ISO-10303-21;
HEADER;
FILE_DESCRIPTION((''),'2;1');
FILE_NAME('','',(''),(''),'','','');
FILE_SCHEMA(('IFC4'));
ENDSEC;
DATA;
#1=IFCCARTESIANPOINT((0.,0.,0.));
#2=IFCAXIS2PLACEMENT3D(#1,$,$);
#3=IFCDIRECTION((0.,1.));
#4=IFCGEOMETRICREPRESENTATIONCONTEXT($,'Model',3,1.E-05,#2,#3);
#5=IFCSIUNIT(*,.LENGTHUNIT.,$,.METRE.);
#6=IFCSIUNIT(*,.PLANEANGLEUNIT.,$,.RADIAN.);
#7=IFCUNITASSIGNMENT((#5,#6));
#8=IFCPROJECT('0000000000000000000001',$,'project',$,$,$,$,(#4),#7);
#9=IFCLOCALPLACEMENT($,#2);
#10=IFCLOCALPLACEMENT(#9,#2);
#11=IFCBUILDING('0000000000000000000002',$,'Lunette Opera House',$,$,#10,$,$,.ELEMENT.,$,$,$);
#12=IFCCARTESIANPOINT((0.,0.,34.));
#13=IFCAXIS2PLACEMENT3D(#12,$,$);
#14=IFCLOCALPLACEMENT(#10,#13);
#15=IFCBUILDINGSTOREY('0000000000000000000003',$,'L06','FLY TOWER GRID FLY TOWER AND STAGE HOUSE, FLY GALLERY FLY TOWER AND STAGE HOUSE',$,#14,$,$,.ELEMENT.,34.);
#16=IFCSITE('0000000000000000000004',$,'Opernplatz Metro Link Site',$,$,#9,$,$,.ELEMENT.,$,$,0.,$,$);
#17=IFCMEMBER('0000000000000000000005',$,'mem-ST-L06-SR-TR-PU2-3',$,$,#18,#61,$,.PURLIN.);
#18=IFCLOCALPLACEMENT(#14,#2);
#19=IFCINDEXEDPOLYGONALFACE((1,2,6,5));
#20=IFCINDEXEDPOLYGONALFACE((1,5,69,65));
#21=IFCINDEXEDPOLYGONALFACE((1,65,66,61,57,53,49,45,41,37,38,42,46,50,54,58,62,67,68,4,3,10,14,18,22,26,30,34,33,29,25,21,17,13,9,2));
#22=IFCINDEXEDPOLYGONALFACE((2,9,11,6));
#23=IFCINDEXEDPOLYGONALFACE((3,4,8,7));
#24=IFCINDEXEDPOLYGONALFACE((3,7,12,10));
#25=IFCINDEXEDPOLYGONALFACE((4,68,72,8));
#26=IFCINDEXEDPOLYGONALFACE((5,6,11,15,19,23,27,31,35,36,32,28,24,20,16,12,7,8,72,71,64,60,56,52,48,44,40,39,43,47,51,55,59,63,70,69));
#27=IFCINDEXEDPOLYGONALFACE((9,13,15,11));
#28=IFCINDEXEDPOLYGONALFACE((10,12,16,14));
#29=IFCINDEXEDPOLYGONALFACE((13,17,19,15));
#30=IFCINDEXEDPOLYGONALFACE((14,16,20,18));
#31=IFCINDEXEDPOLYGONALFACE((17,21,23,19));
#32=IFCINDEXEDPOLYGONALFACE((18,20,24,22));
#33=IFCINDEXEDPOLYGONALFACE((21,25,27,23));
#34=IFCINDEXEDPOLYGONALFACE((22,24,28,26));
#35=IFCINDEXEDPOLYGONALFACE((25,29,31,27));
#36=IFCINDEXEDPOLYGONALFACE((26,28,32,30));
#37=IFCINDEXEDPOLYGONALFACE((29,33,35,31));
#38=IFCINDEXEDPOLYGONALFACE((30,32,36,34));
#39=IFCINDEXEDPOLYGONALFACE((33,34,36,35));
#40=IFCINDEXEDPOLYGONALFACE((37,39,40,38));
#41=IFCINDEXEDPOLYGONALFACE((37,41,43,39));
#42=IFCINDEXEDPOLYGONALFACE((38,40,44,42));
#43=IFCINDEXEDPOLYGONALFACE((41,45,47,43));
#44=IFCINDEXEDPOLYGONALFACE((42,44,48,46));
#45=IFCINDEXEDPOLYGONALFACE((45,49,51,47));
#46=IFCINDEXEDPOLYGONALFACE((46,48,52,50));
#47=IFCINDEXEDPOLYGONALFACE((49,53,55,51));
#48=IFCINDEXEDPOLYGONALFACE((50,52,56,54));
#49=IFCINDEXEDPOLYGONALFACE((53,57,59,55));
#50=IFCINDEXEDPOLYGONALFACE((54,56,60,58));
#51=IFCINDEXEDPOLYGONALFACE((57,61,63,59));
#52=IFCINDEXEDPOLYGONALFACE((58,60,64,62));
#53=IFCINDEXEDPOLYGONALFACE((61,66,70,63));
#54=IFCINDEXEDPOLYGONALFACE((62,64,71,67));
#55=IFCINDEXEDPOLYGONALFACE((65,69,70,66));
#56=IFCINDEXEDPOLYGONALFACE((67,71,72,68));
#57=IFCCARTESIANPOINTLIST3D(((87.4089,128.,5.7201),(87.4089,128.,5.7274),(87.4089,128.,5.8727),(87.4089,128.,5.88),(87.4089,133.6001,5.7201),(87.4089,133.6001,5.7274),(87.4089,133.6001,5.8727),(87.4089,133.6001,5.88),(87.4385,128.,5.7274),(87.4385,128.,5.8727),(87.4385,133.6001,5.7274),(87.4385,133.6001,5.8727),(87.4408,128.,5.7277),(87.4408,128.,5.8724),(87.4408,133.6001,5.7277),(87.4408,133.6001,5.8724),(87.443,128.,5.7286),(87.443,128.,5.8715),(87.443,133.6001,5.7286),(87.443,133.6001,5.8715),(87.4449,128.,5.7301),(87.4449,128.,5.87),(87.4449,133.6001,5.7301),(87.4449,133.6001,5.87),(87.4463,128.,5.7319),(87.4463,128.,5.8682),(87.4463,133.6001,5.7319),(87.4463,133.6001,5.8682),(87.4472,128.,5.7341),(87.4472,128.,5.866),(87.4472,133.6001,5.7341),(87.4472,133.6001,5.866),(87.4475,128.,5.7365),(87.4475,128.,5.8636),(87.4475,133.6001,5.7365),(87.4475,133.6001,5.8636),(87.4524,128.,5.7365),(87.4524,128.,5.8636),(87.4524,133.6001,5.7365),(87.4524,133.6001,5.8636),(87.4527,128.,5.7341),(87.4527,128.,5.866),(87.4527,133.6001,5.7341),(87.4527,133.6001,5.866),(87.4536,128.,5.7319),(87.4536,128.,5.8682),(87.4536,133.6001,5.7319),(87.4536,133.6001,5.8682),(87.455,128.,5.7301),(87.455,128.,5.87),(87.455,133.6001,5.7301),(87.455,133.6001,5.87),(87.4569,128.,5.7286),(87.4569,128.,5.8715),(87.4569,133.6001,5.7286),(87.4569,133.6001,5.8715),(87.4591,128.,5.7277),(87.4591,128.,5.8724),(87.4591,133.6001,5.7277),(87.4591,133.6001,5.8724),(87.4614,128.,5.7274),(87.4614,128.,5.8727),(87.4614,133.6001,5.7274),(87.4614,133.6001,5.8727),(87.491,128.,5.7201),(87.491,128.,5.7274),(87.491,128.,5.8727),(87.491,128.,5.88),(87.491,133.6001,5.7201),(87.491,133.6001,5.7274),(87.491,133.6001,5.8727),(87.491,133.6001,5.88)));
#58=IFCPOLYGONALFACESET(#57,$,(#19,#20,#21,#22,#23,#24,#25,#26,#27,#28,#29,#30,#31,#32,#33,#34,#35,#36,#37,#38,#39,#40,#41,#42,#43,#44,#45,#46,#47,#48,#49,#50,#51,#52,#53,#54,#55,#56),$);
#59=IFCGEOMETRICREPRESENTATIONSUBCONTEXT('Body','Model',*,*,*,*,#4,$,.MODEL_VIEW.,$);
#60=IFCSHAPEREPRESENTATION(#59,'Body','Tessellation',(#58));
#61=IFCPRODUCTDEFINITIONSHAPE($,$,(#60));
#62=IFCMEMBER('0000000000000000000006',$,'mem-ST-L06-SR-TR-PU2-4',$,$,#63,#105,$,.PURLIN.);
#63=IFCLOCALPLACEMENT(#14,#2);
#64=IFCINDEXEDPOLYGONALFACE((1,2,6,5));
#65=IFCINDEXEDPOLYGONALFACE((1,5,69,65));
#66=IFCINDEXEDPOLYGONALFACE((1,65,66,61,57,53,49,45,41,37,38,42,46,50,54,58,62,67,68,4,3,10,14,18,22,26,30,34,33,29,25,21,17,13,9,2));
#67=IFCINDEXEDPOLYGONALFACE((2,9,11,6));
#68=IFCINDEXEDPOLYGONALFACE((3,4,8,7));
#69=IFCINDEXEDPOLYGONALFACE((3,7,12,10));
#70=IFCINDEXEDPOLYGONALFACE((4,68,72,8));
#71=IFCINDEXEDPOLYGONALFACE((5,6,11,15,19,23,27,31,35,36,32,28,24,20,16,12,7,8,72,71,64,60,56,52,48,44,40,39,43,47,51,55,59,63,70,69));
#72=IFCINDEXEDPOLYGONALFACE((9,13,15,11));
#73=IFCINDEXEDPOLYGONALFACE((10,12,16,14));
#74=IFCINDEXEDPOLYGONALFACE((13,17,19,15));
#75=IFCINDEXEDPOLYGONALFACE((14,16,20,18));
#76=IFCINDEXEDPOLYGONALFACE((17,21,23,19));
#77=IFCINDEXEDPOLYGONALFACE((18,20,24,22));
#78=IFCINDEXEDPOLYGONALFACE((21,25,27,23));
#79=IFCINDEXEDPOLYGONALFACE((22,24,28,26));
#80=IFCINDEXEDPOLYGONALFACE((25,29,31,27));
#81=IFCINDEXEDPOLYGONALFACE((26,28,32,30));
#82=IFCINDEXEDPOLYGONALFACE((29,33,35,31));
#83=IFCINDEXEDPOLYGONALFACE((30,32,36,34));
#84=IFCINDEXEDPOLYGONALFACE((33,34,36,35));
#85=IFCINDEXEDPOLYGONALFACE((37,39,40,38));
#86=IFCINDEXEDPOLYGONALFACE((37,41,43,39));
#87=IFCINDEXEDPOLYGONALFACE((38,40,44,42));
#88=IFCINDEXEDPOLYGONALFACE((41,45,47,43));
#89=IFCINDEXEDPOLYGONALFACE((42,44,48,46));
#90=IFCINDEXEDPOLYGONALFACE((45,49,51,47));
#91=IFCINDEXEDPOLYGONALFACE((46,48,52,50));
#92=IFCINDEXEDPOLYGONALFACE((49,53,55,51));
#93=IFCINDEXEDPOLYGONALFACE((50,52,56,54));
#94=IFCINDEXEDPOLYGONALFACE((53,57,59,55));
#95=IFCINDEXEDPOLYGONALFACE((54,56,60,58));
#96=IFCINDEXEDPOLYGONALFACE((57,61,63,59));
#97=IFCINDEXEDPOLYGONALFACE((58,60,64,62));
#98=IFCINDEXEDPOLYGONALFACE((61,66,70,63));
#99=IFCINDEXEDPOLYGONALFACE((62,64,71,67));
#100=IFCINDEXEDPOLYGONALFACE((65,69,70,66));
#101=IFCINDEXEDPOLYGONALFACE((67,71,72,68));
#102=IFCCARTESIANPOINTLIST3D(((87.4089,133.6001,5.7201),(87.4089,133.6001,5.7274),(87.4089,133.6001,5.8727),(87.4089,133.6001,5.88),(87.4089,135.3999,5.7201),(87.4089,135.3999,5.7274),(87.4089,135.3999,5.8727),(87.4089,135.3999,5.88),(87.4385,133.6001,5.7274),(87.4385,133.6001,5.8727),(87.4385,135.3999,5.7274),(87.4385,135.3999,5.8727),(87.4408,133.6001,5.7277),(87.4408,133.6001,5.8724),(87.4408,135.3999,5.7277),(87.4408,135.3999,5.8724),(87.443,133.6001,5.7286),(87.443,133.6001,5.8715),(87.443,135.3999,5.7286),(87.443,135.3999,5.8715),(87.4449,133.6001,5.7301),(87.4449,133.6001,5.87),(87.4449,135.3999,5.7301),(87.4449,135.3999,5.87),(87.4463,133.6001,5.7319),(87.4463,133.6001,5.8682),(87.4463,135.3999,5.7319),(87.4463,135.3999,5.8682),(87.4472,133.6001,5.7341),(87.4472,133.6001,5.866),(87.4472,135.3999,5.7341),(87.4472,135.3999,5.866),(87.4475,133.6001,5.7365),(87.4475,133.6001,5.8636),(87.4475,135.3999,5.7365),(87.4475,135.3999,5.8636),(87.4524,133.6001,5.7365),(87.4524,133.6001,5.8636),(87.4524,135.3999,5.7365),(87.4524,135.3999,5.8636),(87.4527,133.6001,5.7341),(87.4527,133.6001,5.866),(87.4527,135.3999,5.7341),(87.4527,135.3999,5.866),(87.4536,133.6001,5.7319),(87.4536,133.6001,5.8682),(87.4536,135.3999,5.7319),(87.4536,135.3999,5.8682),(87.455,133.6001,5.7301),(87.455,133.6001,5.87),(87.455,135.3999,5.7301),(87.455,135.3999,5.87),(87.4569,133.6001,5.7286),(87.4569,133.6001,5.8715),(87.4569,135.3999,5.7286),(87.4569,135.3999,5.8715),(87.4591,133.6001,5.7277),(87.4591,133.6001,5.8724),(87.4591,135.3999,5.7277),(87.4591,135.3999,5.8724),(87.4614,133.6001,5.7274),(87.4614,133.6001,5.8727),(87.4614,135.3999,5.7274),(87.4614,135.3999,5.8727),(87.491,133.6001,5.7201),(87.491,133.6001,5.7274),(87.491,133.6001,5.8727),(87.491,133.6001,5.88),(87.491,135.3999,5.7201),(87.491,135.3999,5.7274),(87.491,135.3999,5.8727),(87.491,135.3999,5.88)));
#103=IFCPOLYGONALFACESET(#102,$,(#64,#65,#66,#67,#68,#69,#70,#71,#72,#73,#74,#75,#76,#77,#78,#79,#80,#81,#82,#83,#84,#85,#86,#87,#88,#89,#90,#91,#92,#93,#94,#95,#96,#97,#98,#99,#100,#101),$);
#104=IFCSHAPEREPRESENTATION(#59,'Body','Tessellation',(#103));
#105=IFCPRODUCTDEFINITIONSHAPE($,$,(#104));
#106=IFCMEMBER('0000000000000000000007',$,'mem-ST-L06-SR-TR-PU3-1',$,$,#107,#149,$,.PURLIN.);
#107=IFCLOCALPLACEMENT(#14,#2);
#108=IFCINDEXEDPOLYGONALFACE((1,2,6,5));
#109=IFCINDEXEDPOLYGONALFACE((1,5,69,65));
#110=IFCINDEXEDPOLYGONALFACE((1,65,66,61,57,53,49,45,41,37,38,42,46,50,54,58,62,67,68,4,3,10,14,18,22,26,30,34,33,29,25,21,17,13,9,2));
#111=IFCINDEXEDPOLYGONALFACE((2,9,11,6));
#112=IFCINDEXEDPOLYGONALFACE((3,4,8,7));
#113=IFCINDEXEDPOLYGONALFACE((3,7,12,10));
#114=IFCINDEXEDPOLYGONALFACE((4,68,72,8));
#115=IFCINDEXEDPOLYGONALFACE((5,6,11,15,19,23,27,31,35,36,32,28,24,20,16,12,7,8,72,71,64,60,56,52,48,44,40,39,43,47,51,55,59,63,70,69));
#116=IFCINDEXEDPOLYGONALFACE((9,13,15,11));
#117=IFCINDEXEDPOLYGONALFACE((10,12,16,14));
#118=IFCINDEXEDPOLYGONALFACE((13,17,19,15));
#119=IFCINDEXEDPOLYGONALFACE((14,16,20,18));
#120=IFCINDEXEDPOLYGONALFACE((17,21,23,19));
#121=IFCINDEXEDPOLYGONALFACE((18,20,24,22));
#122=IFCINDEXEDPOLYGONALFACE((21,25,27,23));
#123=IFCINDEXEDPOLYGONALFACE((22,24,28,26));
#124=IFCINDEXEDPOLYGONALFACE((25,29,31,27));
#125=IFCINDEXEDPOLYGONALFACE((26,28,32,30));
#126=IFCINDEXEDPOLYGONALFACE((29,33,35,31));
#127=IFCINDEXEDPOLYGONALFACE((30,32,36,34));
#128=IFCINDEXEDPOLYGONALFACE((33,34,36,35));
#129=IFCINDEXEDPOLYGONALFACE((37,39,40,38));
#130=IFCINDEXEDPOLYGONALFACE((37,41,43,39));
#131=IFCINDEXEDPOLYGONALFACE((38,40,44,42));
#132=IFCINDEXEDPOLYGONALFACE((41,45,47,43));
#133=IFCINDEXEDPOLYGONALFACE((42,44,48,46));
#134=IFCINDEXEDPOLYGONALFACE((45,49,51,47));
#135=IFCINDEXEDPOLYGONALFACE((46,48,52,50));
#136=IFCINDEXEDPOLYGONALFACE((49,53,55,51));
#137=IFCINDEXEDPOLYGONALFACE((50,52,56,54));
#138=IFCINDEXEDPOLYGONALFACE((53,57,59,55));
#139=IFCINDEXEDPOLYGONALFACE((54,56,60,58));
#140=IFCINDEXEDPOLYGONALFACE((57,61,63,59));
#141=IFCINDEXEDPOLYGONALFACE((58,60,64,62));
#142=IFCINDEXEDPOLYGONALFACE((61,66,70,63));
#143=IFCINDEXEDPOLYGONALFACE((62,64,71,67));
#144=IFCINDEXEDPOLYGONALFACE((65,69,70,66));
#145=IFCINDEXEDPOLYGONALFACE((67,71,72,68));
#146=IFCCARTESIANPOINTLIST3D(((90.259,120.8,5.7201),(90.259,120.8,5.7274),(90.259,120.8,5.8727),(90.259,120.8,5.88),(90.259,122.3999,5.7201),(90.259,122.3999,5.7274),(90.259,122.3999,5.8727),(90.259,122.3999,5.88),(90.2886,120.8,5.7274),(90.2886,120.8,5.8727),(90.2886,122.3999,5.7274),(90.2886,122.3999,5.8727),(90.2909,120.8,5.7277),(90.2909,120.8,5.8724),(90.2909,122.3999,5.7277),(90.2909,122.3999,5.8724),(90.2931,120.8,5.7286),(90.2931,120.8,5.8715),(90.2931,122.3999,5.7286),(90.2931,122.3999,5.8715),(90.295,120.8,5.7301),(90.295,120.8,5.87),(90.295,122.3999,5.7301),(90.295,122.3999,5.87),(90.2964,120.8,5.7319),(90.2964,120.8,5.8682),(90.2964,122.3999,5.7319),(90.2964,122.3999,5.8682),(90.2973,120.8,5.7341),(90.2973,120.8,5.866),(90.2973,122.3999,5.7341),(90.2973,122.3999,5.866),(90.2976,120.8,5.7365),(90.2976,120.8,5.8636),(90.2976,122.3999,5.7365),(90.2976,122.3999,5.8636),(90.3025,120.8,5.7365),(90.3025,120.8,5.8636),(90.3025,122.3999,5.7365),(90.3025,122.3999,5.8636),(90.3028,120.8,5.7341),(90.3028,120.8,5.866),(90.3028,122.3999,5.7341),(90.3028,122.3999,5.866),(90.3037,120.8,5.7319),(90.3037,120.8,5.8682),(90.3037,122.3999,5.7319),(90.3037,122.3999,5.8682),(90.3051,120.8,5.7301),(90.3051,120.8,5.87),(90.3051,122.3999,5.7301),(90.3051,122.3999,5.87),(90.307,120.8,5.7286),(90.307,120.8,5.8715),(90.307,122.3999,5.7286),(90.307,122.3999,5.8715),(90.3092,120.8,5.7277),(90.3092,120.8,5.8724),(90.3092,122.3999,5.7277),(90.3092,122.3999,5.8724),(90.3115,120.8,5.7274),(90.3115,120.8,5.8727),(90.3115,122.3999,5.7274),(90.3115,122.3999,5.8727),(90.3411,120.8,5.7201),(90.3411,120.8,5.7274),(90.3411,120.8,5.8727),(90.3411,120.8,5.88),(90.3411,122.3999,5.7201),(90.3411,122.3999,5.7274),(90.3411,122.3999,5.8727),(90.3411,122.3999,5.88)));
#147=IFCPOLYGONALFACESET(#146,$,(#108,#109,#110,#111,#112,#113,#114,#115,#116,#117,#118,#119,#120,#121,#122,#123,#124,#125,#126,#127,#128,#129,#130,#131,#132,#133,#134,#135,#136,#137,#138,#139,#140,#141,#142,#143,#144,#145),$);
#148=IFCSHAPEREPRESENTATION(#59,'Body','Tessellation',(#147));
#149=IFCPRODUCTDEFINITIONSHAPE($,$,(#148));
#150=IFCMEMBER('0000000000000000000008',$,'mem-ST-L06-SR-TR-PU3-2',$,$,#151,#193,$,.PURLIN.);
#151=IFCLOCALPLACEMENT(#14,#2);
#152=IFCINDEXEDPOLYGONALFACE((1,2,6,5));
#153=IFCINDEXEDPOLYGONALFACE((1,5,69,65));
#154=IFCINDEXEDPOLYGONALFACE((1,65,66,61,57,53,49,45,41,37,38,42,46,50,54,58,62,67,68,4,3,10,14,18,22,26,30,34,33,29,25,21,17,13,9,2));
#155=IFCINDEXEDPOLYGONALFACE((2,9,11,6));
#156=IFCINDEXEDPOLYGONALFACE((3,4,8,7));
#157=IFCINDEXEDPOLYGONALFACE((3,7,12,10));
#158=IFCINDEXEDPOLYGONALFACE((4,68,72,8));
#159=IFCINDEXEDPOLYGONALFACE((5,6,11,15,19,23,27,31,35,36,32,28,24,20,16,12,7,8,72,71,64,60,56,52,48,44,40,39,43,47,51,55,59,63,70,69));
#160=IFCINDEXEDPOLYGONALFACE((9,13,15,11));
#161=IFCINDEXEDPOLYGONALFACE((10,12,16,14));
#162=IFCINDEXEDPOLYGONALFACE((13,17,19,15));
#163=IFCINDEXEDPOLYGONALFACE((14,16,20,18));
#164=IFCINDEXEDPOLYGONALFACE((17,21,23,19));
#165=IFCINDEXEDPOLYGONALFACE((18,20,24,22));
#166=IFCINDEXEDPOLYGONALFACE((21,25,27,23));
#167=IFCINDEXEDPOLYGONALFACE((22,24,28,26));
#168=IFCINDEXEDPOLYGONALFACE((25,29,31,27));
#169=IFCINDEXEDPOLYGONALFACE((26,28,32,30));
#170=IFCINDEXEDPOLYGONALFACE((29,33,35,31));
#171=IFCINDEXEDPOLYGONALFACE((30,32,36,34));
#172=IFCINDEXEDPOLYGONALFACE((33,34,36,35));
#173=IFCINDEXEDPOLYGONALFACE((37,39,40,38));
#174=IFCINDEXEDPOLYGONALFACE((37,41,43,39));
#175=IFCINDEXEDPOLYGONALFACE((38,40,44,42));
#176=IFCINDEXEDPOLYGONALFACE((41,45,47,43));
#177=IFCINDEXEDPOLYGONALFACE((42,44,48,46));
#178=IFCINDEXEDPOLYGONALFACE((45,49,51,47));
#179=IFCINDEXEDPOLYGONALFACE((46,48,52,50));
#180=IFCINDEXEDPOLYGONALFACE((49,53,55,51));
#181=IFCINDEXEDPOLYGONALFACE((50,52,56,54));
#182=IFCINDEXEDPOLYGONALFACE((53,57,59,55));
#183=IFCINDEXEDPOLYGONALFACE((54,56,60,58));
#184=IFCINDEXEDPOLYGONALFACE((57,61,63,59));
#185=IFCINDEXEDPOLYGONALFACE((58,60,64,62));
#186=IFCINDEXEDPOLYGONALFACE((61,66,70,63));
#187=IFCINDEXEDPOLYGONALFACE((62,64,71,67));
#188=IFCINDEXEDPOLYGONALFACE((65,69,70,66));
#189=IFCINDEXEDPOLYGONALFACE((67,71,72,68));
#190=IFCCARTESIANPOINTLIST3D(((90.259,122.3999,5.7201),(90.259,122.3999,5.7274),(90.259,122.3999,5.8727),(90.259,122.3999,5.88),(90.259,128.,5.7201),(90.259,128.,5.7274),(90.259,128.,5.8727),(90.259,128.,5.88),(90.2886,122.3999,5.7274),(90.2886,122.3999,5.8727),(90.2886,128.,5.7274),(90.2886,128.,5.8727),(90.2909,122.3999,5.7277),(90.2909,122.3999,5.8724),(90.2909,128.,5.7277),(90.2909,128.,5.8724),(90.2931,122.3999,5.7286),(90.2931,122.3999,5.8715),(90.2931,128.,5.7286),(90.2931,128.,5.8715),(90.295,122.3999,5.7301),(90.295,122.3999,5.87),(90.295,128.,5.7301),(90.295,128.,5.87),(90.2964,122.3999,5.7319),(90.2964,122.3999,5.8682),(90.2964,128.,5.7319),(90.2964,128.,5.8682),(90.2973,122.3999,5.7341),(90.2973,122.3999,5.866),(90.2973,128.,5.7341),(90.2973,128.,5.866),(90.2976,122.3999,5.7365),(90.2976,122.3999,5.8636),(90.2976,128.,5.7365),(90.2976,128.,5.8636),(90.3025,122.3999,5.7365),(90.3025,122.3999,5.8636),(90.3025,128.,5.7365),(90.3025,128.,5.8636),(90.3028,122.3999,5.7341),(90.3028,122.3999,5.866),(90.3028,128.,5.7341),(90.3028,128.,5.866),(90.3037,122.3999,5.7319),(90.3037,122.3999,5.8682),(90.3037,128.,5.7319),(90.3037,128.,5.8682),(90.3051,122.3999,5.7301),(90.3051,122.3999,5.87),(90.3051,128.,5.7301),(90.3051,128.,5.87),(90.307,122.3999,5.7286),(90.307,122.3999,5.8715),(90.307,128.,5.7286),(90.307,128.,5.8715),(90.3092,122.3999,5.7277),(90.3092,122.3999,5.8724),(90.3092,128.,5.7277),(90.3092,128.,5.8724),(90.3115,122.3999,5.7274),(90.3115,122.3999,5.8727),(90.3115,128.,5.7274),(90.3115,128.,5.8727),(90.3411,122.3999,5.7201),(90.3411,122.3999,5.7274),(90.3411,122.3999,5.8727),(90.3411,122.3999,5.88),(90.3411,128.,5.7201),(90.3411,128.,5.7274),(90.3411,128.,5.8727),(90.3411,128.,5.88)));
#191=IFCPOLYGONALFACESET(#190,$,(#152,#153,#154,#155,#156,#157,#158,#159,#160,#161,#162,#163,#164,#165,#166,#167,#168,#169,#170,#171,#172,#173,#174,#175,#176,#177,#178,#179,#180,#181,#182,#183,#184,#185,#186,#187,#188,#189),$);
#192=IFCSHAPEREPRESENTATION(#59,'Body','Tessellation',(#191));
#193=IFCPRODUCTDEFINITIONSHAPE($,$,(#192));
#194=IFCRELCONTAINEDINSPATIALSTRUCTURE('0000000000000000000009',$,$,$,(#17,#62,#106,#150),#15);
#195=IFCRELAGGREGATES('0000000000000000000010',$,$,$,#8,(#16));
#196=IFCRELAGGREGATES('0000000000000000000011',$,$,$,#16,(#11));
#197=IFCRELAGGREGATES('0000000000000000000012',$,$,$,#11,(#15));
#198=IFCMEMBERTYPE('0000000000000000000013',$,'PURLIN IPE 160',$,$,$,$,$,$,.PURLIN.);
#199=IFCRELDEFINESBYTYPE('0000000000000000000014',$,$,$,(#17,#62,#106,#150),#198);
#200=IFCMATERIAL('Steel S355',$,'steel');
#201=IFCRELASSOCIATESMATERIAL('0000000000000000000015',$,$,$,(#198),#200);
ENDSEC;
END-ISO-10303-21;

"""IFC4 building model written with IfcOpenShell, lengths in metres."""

from ifc_helpers import new_model, si_unit, direction, frame, origin, origin_2d, place, context, subcontext, project, spatial, i_section, extrude, material, material_profile, profile_set, type_object, element, save


model = new_model("IFC4")

# Units and contexts
model_context = context("Model", 3, precision=1e-05, world=origin(), true_north=direction((0.0, 1.0)))
body_context = subcontext(model_context, "Body", "Model", "MODEL_VIEW")
ifc_project = project(units=[si_unit("LENGTHUNIT", "METRE"), si_unit("PLANEANGLEUNIT", "RADIAN")], contexts=[model_context])

# Site, building, storey
site_placement = place(None, origin())
site = spatial("IfcSite", under=ifc_project, at=site_placement, Name="Opernplatz Metro Link Site", CompositionType="ELEMENT", RefElevation=0.0)
building_placement = place(site_placement, origin())
building = spatial("IfcBuilding", under=site, at=building_placement, Name="Lunette Opera House", CompositionType="ELEMENT")
storey_placement = place(building_placement, frame((0.0, 0.0, 34.0)))
storey = spatial("IfcBuildingStorey", under=building, at=storey_placement, Name="L06", Description="FLY TOWER GRID FLY TOWER AND STAGE HOUSE, FLY GALLERY FLY TOWER AND STAGE HOUSE", CompositionType="ELEMENT", Elevation=34.0)

# Members
ifc_material_1 = material(Name="Steel S355", Category="steel")
ifc_material_profile_1 = material_profile(ifc_material_1, i_section(OverallWidth=0.082, OverallDepth=0.1599, WebThickness=0.0049, FlangeThickness=0.0073, FilletRadius=0.009, at=origin_2d()), Name="IPE 160")
ifc_profile_set_1 = profile_set([ifc_material_profile_1], Name="Steel S355")
member_type_1 = type_object("IfcMemberType", Name="PURLIN IPE 160", PredefinedType="PURLIN", material=ifc_profile_set_1)
for number, where, z_axis, x_axis, name in (
    (1, (87.45, 128.0, 5.8), (0.0, 1.0, 0.0), (-1.0, 0.0, 0.0), "mem-ST-L06-SR-TR-PU2-3"),
):
    element("IfcMember", number, at=place(storey_placement, frame(where, z_axis=z_axis, x_axis=x_axis)), inside=storey, type_object=member_type_1, Name=name, PredefinedType="PURLIN", context=body_context, shape_type="SweptSolid", body=[
        extrude(i_section(OverallWidth=0.082, OverallDepth=0.1599, WebThickness=0.0049, FlangeThickness=0.0073, FilletRadius=0.009, at=origin_2d()), origin(), (0.0, 0.0, 1.0), 5.6001),
    ])
member_1_placement = place(storey_placement, frame((87.45, 133.6001, 5.8), z_axis=(0.0, 1.0, 0.0), x_axis=(-1.0, 0.0, 0.0)))
element("IfcMember", 2, at=member_1_placement, inside=storey, type_object=member_type_1, Name="mem-ST-L06-SR-TR-PU2-4", PredefinedType="PURLIN", context=body_context, shape_type="SweptSolid", body=[
    extrude(i_section(OverallWidth=0.082, OverallDepth=0.1599, WebThickness=0.0049, FlangeThickness=0.0073, FilletRadius=0.009, at=origin_2d()), origin(), (0.0, 0.0, 1.0), 1.7998),
])
member_2_placement = place(storey_placement, frame((90.3, 120.8, 5.8), z_axis=(0.0, 1.0, 0.0), x_axis=(-1.0, 0.0, 0.0)))
element("IfcMember", 3, at=member_2_placement, inside=storey, type_object=member_type_1, Name="mem-ST-L06-SR-TR-PU3-1", PredefinedType="PURLIN", context=body_context, shape_type="SweptSolid", body=[
    extrude(i_section(OverallWidth=0.082, OverallDepth=0.1599, WebThickness=0.0049, FlangeThickness=0.0073, FilletRadius=0.009, at=origin_2d()), origin(), (0.0, 0.0, 1.0), 1.5999),
])
for number, where, z_axis, x_axis, name in (
    (4, (90.3, 122.3999, 5.8), (0.0, 1.0, 0.0), (-1.0, 0.0, 0.0), "mem-ST-L06-SR-TR-PU3-2"),
):
    element("IfcMember", number, at=place(storey_placement, frame(where, z_axis=z_axis, x_axis=x_axis)), inside=storey, type_object=member_type_1, Name=name, PredefinedType="PURLIN", context=body_context, shape_type="SweptSolid", body=[
        extrude(i_section(OverallWidth=0.082, OverallDepth=0.1599, WebThickness=0.0049, FlangeThickness=0.0073, FilletRadius=0.009, at=origin_2d()), origin(), (0.0, 0.0, 1.0), 5.6001),
    ])

save(model, "model.ifc")
